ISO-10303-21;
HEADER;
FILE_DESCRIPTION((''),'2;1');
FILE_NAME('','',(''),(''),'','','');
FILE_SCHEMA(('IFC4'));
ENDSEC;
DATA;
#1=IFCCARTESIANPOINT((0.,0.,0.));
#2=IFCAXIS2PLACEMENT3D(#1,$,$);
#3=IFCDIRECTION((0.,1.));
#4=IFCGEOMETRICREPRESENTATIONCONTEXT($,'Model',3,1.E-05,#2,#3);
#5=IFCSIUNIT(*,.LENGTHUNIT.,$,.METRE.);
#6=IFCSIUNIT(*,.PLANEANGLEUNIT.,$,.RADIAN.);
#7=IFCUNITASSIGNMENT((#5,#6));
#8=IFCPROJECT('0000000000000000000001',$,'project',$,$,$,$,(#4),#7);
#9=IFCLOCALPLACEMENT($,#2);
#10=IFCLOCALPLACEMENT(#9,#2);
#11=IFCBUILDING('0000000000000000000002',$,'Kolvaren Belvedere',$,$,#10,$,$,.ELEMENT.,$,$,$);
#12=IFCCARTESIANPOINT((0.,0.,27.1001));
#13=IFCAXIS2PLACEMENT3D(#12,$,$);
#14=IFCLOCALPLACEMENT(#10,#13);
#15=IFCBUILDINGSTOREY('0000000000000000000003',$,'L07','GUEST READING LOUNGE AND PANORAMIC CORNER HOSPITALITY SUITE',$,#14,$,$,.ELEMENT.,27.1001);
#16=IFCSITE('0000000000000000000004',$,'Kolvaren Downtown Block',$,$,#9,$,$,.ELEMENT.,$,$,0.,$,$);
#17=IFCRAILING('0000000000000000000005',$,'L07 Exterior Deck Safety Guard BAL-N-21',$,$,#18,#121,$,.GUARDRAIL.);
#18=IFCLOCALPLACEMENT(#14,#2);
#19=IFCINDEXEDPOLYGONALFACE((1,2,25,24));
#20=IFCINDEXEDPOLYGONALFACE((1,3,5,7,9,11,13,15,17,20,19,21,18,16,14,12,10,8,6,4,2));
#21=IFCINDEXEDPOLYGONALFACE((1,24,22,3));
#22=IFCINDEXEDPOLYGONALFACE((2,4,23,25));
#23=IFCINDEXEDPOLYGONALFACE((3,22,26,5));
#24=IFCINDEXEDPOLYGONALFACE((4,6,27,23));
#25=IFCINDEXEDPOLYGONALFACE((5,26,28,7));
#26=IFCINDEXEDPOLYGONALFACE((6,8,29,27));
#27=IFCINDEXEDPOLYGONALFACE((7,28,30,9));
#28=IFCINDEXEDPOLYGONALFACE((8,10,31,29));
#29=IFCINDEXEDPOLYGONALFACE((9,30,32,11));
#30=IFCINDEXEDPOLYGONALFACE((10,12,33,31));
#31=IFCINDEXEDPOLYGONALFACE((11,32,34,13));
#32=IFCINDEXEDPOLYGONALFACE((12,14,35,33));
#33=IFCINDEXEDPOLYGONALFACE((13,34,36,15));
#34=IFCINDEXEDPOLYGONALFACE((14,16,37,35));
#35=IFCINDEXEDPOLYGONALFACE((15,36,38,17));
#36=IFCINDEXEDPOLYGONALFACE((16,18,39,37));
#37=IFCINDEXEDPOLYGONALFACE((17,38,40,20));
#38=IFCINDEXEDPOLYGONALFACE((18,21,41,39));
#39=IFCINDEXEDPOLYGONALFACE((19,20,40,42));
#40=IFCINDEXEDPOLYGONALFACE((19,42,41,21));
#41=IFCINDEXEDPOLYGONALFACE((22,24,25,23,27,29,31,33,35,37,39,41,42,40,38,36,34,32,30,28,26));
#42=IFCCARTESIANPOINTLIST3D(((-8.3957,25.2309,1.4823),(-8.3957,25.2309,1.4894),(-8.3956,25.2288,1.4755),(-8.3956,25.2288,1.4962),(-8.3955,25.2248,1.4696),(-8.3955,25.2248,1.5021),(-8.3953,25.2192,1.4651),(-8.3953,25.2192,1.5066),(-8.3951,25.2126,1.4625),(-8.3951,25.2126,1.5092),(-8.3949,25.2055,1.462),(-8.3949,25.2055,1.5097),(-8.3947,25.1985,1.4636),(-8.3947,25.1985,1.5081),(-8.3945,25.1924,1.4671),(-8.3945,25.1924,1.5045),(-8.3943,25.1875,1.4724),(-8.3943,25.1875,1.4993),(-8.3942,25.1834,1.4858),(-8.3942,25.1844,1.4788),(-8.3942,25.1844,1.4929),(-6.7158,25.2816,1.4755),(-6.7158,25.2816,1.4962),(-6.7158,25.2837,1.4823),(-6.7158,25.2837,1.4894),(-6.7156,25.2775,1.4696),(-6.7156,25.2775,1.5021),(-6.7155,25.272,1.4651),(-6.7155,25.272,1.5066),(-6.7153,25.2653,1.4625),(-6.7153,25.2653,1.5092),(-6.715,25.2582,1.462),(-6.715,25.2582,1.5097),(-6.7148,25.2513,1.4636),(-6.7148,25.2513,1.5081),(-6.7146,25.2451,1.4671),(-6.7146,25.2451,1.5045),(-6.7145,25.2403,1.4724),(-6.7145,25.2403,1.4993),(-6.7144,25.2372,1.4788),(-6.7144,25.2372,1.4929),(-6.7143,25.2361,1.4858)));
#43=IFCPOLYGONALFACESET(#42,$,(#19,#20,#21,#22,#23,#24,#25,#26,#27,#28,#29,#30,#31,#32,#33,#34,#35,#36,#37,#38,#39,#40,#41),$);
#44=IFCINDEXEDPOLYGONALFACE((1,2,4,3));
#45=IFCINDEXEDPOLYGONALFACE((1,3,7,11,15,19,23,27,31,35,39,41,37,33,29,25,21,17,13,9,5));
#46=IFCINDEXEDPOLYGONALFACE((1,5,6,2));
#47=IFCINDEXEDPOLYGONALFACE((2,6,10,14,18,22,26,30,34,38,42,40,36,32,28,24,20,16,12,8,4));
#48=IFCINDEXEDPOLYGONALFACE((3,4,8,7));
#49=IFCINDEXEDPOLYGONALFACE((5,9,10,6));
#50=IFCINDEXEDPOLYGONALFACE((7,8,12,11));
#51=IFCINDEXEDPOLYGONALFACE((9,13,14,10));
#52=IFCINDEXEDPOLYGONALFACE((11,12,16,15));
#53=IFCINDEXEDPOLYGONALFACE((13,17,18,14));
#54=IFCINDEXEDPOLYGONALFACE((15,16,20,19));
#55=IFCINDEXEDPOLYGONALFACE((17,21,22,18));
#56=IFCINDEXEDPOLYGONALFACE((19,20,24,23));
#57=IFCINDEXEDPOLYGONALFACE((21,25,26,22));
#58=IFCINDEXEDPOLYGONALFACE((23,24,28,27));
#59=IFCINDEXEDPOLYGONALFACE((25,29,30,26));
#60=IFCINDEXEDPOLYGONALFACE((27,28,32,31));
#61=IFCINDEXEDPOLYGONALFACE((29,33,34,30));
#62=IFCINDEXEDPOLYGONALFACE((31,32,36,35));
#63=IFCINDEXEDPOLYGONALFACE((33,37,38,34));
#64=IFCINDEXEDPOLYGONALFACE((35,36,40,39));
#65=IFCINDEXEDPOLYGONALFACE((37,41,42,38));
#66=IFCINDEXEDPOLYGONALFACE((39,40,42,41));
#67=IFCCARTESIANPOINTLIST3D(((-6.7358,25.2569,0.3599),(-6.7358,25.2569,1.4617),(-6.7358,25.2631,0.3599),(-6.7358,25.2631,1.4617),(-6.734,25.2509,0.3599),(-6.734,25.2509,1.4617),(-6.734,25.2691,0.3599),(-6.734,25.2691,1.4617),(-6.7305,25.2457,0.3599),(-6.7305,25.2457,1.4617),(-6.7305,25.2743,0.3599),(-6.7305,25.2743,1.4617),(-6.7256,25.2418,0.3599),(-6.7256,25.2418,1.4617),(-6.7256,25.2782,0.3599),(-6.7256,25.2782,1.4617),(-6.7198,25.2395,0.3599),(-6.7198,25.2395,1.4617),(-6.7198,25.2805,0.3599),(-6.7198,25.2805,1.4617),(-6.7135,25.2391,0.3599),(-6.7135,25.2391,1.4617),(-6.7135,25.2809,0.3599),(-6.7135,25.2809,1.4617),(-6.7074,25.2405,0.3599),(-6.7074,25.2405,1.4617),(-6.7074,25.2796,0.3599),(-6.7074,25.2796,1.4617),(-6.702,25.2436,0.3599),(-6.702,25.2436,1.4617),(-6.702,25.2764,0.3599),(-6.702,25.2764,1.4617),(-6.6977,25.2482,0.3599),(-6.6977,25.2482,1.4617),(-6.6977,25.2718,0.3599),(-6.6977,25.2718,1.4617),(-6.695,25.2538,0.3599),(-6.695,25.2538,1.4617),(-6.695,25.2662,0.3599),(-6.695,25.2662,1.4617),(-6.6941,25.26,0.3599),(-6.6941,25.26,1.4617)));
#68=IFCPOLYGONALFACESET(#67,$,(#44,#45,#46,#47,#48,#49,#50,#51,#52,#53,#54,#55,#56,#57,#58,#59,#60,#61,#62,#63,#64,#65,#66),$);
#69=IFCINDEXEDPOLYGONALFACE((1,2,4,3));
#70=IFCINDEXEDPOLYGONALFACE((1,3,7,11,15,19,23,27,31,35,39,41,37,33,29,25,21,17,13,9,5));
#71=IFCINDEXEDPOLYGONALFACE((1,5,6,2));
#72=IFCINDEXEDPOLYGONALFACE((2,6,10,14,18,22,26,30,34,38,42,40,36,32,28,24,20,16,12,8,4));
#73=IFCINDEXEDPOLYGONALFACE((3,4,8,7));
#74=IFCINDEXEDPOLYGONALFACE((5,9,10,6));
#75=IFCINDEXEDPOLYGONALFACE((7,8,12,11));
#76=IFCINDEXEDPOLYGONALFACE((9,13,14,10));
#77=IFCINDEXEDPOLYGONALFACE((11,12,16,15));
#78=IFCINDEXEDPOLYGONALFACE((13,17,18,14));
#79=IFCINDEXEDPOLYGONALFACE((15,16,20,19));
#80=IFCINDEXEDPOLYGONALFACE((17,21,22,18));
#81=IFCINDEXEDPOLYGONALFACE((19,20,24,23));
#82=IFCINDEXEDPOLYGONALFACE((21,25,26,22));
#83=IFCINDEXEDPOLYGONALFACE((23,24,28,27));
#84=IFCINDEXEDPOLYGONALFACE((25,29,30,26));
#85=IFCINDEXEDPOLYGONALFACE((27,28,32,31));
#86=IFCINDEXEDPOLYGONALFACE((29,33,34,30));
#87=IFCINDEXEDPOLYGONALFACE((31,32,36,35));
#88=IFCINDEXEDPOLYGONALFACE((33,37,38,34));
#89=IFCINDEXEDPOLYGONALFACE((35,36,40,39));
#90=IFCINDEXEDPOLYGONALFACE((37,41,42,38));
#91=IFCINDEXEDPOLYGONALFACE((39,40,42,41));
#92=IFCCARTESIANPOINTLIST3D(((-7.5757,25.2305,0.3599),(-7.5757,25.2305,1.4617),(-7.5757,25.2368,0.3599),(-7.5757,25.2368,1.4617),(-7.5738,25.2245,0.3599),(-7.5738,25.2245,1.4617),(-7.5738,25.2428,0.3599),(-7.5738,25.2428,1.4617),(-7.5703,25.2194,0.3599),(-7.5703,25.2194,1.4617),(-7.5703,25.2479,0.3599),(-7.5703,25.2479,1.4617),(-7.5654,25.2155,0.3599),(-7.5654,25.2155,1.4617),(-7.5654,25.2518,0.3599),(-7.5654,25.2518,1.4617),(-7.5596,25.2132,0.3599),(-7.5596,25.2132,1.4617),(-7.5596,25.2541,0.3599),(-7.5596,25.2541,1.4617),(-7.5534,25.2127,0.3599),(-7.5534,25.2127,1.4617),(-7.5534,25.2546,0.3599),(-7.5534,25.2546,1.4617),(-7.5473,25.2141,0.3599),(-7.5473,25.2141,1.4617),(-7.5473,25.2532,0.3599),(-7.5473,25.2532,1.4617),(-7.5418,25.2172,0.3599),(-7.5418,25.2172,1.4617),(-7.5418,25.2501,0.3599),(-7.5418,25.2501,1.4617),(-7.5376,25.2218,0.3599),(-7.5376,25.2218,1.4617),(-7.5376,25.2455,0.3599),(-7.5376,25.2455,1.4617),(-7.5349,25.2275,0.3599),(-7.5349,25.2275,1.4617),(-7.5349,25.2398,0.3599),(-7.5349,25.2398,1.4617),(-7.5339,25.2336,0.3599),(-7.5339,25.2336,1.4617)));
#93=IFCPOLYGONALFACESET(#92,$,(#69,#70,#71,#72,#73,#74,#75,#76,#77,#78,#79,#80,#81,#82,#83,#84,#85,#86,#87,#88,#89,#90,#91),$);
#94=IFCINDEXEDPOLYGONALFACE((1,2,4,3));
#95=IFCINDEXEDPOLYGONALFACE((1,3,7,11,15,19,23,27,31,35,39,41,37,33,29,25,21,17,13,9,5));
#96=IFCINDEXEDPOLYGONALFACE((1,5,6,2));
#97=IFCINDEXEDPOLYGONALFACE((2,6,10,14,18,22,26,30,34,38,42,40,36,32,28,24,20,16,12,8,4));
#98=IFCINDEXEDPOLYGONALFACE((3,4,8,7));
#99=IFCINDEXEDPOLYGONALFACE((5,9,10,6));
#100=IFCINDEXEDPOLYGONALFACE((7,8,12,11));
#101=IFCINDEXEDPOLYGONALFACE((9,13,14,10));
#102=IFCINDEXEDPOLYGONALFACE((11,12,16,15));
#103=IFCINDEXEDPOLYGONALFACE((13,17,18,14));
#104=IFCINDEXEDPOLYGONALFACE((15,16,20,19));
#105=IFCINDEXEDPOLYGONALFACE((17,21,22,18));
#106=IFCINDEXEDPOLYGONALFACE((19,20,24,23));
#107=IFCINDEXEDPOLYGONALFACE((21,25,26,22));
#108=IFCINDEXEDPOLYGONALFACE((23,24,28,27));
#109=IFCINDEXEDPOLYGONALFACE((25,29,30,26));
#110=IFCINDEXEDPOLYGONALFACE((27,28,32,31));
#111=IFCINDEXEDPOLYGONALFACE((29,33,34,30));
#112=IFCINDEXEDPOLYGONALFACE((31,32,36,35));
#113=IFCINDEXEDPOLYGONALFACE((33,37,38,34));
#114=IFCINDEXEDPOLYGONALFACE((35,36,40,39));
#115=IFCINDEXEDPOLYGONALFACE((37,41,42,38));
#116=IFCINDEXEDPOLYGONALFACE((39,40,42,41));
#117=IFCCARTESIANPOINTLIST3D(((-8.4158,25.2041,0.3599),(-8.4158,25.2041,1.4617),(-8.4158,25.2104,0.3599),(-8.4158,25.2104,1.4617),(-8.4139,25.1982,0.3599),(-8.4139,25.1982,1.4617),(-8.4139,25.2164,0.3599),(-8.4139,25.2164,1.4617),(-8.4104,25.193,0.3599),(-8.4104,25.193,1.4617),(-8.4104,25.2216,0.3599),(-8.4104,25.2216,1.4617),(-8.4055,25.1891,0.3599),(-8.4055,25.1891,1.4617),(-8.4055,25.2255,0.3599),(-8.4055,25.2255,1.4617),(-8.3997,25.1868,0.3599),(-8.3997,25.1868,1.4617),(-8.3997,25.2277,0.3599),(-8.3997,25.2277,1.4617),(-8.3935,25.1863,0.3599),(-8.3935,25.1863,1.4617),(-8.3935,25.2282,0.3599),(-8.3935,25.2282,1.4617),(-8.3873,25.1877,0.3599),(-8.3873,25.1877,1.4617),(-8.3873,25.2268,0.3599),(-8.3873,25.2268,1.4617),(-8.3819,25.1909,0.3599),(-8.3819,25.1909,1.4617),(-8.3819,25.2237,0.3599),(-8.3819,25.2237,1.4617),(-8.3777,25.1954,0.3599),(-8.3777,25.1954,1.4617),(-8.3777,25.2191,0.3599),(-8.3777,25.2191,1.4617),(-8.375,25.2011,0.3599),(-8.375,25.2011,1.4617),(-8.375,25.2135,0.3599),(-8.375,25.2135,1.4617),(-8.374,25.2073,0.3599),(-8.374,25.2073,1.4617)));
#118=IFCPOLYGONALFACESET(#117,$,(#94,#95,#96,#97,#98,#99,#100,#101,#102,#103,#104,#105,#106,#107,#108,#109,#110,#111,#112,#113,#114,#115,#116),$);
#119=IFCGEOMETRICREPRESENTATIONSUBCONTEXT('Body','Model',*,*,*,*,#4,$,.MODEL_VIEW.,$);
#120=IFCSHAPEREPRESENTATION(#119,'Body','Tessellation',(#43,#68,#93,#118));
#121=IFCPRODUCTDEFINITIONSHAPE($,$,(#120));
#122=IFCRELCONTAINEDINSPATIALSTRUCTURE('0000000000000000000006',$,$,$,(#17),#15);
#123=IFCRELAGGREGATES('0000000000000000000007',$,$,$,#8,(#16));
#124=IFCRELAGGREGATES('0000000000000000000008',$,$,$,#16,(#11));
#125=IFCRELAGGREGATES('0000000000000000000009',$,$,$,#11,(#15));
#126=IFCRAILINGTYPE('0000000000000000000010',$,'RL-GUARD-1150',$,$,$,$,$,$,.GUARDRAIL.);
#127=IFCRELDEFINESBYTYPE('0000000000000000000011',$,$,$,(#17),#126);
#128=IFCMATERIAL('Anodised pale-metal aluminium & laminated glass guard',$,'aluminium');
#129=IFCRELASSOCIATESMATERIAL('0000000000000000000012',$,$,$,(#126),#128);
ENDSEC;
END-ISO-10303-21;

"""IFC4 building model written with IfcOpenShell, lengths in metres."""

from ifc_helpers import new_model, si_unit, direction, frame, origin, origin_2d, place, context, subcontext, project, spatial, circle, extrude, material, type_object, element, save


model = new_model("IFC4")

# Units and contexts
model_context = context("Model", 3, precision=1e-05, world=origin(), true_north=direction((0.0, 1.0)))
body_context = subcontext(model_context, "Body", "Model", "MODEL_VIEW")
ifc_project = project(units=[si_unit("LENGTHUNIT", "METRE"), si_unit("PLANEANGLEUNIT", "RADIAN")], contexts=[model_context])

# Site, building, storey
site_placement = place(None, origin())
site = spatial("IfcSite", under=ifc_project, at=site_placement, Name="Kolvaren Downtown Block", CompositionType="ELEMENT", RefElevation=0.0)
building_placement = place(site_placement, origin())
building = spatial("IfcBuilding", under=site, at=building_placement, Name="Kolvaren Belvedere", CompositionType="ELEMENT")
storey_placement = place(building_placement, frame((0.0, 0.0, 27.1001)))
storey = spatial("IfcBuildingStorey", under=building, at=storey_placement, Name="L07", Description="GUEST READING LOUNGE AND PANORAMIC CORNER HOSPITALITY SUITE", CompositionType="ELEMENT", Elevation=27.1001)

# Railing
ifc_material_1 = material(Name="Anodised pale-metal aluminium & laminated glass guard", Category="aluminium")
railing_type = type_object("IfcRailingType", Name="RL-GUARD-1150", PredefinedType="GUARDRAIL", material=ifc_material_1)
railing_1_placement = place(storey_placement, frame((-6.7151, 25.26, 0.3599)))
element("IfcRailing", 1, at=railing_1_placement, inside=storey, type_object=railing_type, Name="L07 Exterior Deck Safety Guard BAL-N-21", PredefinedType="GUARDRAIL", context=body_context, shape_type="SweptSolid", body=[
    extrude(circle(Radius=0.0239, at=origin_2d()), frame((0.0, 0.0, 1.126), z_axis=(-0.999508, -0.031375, 0.0), x_axis=(0.031375, -0.999508, 0.0)), (0.0, 0.0, 1.0), 1.6807),
    extrude(circle(Radius=0.021, at=origin_2d()), origin(), (0.0, 0.0, 1.0), 1.1018),
    extrude(circle(Radius=0.021, at=origin_2d()), frame((-0.8398, -0.0264, 0.0)), (0.0, 0.0, 1.0), 1.1018),
    extrude(circle(Radius=0.021, at=origin_2d()), frame((-1.6799, -0.0527, 0.0)), (0.0, 0.0, 1.0), 1.1018),
])

save(model, "model.ifc")
